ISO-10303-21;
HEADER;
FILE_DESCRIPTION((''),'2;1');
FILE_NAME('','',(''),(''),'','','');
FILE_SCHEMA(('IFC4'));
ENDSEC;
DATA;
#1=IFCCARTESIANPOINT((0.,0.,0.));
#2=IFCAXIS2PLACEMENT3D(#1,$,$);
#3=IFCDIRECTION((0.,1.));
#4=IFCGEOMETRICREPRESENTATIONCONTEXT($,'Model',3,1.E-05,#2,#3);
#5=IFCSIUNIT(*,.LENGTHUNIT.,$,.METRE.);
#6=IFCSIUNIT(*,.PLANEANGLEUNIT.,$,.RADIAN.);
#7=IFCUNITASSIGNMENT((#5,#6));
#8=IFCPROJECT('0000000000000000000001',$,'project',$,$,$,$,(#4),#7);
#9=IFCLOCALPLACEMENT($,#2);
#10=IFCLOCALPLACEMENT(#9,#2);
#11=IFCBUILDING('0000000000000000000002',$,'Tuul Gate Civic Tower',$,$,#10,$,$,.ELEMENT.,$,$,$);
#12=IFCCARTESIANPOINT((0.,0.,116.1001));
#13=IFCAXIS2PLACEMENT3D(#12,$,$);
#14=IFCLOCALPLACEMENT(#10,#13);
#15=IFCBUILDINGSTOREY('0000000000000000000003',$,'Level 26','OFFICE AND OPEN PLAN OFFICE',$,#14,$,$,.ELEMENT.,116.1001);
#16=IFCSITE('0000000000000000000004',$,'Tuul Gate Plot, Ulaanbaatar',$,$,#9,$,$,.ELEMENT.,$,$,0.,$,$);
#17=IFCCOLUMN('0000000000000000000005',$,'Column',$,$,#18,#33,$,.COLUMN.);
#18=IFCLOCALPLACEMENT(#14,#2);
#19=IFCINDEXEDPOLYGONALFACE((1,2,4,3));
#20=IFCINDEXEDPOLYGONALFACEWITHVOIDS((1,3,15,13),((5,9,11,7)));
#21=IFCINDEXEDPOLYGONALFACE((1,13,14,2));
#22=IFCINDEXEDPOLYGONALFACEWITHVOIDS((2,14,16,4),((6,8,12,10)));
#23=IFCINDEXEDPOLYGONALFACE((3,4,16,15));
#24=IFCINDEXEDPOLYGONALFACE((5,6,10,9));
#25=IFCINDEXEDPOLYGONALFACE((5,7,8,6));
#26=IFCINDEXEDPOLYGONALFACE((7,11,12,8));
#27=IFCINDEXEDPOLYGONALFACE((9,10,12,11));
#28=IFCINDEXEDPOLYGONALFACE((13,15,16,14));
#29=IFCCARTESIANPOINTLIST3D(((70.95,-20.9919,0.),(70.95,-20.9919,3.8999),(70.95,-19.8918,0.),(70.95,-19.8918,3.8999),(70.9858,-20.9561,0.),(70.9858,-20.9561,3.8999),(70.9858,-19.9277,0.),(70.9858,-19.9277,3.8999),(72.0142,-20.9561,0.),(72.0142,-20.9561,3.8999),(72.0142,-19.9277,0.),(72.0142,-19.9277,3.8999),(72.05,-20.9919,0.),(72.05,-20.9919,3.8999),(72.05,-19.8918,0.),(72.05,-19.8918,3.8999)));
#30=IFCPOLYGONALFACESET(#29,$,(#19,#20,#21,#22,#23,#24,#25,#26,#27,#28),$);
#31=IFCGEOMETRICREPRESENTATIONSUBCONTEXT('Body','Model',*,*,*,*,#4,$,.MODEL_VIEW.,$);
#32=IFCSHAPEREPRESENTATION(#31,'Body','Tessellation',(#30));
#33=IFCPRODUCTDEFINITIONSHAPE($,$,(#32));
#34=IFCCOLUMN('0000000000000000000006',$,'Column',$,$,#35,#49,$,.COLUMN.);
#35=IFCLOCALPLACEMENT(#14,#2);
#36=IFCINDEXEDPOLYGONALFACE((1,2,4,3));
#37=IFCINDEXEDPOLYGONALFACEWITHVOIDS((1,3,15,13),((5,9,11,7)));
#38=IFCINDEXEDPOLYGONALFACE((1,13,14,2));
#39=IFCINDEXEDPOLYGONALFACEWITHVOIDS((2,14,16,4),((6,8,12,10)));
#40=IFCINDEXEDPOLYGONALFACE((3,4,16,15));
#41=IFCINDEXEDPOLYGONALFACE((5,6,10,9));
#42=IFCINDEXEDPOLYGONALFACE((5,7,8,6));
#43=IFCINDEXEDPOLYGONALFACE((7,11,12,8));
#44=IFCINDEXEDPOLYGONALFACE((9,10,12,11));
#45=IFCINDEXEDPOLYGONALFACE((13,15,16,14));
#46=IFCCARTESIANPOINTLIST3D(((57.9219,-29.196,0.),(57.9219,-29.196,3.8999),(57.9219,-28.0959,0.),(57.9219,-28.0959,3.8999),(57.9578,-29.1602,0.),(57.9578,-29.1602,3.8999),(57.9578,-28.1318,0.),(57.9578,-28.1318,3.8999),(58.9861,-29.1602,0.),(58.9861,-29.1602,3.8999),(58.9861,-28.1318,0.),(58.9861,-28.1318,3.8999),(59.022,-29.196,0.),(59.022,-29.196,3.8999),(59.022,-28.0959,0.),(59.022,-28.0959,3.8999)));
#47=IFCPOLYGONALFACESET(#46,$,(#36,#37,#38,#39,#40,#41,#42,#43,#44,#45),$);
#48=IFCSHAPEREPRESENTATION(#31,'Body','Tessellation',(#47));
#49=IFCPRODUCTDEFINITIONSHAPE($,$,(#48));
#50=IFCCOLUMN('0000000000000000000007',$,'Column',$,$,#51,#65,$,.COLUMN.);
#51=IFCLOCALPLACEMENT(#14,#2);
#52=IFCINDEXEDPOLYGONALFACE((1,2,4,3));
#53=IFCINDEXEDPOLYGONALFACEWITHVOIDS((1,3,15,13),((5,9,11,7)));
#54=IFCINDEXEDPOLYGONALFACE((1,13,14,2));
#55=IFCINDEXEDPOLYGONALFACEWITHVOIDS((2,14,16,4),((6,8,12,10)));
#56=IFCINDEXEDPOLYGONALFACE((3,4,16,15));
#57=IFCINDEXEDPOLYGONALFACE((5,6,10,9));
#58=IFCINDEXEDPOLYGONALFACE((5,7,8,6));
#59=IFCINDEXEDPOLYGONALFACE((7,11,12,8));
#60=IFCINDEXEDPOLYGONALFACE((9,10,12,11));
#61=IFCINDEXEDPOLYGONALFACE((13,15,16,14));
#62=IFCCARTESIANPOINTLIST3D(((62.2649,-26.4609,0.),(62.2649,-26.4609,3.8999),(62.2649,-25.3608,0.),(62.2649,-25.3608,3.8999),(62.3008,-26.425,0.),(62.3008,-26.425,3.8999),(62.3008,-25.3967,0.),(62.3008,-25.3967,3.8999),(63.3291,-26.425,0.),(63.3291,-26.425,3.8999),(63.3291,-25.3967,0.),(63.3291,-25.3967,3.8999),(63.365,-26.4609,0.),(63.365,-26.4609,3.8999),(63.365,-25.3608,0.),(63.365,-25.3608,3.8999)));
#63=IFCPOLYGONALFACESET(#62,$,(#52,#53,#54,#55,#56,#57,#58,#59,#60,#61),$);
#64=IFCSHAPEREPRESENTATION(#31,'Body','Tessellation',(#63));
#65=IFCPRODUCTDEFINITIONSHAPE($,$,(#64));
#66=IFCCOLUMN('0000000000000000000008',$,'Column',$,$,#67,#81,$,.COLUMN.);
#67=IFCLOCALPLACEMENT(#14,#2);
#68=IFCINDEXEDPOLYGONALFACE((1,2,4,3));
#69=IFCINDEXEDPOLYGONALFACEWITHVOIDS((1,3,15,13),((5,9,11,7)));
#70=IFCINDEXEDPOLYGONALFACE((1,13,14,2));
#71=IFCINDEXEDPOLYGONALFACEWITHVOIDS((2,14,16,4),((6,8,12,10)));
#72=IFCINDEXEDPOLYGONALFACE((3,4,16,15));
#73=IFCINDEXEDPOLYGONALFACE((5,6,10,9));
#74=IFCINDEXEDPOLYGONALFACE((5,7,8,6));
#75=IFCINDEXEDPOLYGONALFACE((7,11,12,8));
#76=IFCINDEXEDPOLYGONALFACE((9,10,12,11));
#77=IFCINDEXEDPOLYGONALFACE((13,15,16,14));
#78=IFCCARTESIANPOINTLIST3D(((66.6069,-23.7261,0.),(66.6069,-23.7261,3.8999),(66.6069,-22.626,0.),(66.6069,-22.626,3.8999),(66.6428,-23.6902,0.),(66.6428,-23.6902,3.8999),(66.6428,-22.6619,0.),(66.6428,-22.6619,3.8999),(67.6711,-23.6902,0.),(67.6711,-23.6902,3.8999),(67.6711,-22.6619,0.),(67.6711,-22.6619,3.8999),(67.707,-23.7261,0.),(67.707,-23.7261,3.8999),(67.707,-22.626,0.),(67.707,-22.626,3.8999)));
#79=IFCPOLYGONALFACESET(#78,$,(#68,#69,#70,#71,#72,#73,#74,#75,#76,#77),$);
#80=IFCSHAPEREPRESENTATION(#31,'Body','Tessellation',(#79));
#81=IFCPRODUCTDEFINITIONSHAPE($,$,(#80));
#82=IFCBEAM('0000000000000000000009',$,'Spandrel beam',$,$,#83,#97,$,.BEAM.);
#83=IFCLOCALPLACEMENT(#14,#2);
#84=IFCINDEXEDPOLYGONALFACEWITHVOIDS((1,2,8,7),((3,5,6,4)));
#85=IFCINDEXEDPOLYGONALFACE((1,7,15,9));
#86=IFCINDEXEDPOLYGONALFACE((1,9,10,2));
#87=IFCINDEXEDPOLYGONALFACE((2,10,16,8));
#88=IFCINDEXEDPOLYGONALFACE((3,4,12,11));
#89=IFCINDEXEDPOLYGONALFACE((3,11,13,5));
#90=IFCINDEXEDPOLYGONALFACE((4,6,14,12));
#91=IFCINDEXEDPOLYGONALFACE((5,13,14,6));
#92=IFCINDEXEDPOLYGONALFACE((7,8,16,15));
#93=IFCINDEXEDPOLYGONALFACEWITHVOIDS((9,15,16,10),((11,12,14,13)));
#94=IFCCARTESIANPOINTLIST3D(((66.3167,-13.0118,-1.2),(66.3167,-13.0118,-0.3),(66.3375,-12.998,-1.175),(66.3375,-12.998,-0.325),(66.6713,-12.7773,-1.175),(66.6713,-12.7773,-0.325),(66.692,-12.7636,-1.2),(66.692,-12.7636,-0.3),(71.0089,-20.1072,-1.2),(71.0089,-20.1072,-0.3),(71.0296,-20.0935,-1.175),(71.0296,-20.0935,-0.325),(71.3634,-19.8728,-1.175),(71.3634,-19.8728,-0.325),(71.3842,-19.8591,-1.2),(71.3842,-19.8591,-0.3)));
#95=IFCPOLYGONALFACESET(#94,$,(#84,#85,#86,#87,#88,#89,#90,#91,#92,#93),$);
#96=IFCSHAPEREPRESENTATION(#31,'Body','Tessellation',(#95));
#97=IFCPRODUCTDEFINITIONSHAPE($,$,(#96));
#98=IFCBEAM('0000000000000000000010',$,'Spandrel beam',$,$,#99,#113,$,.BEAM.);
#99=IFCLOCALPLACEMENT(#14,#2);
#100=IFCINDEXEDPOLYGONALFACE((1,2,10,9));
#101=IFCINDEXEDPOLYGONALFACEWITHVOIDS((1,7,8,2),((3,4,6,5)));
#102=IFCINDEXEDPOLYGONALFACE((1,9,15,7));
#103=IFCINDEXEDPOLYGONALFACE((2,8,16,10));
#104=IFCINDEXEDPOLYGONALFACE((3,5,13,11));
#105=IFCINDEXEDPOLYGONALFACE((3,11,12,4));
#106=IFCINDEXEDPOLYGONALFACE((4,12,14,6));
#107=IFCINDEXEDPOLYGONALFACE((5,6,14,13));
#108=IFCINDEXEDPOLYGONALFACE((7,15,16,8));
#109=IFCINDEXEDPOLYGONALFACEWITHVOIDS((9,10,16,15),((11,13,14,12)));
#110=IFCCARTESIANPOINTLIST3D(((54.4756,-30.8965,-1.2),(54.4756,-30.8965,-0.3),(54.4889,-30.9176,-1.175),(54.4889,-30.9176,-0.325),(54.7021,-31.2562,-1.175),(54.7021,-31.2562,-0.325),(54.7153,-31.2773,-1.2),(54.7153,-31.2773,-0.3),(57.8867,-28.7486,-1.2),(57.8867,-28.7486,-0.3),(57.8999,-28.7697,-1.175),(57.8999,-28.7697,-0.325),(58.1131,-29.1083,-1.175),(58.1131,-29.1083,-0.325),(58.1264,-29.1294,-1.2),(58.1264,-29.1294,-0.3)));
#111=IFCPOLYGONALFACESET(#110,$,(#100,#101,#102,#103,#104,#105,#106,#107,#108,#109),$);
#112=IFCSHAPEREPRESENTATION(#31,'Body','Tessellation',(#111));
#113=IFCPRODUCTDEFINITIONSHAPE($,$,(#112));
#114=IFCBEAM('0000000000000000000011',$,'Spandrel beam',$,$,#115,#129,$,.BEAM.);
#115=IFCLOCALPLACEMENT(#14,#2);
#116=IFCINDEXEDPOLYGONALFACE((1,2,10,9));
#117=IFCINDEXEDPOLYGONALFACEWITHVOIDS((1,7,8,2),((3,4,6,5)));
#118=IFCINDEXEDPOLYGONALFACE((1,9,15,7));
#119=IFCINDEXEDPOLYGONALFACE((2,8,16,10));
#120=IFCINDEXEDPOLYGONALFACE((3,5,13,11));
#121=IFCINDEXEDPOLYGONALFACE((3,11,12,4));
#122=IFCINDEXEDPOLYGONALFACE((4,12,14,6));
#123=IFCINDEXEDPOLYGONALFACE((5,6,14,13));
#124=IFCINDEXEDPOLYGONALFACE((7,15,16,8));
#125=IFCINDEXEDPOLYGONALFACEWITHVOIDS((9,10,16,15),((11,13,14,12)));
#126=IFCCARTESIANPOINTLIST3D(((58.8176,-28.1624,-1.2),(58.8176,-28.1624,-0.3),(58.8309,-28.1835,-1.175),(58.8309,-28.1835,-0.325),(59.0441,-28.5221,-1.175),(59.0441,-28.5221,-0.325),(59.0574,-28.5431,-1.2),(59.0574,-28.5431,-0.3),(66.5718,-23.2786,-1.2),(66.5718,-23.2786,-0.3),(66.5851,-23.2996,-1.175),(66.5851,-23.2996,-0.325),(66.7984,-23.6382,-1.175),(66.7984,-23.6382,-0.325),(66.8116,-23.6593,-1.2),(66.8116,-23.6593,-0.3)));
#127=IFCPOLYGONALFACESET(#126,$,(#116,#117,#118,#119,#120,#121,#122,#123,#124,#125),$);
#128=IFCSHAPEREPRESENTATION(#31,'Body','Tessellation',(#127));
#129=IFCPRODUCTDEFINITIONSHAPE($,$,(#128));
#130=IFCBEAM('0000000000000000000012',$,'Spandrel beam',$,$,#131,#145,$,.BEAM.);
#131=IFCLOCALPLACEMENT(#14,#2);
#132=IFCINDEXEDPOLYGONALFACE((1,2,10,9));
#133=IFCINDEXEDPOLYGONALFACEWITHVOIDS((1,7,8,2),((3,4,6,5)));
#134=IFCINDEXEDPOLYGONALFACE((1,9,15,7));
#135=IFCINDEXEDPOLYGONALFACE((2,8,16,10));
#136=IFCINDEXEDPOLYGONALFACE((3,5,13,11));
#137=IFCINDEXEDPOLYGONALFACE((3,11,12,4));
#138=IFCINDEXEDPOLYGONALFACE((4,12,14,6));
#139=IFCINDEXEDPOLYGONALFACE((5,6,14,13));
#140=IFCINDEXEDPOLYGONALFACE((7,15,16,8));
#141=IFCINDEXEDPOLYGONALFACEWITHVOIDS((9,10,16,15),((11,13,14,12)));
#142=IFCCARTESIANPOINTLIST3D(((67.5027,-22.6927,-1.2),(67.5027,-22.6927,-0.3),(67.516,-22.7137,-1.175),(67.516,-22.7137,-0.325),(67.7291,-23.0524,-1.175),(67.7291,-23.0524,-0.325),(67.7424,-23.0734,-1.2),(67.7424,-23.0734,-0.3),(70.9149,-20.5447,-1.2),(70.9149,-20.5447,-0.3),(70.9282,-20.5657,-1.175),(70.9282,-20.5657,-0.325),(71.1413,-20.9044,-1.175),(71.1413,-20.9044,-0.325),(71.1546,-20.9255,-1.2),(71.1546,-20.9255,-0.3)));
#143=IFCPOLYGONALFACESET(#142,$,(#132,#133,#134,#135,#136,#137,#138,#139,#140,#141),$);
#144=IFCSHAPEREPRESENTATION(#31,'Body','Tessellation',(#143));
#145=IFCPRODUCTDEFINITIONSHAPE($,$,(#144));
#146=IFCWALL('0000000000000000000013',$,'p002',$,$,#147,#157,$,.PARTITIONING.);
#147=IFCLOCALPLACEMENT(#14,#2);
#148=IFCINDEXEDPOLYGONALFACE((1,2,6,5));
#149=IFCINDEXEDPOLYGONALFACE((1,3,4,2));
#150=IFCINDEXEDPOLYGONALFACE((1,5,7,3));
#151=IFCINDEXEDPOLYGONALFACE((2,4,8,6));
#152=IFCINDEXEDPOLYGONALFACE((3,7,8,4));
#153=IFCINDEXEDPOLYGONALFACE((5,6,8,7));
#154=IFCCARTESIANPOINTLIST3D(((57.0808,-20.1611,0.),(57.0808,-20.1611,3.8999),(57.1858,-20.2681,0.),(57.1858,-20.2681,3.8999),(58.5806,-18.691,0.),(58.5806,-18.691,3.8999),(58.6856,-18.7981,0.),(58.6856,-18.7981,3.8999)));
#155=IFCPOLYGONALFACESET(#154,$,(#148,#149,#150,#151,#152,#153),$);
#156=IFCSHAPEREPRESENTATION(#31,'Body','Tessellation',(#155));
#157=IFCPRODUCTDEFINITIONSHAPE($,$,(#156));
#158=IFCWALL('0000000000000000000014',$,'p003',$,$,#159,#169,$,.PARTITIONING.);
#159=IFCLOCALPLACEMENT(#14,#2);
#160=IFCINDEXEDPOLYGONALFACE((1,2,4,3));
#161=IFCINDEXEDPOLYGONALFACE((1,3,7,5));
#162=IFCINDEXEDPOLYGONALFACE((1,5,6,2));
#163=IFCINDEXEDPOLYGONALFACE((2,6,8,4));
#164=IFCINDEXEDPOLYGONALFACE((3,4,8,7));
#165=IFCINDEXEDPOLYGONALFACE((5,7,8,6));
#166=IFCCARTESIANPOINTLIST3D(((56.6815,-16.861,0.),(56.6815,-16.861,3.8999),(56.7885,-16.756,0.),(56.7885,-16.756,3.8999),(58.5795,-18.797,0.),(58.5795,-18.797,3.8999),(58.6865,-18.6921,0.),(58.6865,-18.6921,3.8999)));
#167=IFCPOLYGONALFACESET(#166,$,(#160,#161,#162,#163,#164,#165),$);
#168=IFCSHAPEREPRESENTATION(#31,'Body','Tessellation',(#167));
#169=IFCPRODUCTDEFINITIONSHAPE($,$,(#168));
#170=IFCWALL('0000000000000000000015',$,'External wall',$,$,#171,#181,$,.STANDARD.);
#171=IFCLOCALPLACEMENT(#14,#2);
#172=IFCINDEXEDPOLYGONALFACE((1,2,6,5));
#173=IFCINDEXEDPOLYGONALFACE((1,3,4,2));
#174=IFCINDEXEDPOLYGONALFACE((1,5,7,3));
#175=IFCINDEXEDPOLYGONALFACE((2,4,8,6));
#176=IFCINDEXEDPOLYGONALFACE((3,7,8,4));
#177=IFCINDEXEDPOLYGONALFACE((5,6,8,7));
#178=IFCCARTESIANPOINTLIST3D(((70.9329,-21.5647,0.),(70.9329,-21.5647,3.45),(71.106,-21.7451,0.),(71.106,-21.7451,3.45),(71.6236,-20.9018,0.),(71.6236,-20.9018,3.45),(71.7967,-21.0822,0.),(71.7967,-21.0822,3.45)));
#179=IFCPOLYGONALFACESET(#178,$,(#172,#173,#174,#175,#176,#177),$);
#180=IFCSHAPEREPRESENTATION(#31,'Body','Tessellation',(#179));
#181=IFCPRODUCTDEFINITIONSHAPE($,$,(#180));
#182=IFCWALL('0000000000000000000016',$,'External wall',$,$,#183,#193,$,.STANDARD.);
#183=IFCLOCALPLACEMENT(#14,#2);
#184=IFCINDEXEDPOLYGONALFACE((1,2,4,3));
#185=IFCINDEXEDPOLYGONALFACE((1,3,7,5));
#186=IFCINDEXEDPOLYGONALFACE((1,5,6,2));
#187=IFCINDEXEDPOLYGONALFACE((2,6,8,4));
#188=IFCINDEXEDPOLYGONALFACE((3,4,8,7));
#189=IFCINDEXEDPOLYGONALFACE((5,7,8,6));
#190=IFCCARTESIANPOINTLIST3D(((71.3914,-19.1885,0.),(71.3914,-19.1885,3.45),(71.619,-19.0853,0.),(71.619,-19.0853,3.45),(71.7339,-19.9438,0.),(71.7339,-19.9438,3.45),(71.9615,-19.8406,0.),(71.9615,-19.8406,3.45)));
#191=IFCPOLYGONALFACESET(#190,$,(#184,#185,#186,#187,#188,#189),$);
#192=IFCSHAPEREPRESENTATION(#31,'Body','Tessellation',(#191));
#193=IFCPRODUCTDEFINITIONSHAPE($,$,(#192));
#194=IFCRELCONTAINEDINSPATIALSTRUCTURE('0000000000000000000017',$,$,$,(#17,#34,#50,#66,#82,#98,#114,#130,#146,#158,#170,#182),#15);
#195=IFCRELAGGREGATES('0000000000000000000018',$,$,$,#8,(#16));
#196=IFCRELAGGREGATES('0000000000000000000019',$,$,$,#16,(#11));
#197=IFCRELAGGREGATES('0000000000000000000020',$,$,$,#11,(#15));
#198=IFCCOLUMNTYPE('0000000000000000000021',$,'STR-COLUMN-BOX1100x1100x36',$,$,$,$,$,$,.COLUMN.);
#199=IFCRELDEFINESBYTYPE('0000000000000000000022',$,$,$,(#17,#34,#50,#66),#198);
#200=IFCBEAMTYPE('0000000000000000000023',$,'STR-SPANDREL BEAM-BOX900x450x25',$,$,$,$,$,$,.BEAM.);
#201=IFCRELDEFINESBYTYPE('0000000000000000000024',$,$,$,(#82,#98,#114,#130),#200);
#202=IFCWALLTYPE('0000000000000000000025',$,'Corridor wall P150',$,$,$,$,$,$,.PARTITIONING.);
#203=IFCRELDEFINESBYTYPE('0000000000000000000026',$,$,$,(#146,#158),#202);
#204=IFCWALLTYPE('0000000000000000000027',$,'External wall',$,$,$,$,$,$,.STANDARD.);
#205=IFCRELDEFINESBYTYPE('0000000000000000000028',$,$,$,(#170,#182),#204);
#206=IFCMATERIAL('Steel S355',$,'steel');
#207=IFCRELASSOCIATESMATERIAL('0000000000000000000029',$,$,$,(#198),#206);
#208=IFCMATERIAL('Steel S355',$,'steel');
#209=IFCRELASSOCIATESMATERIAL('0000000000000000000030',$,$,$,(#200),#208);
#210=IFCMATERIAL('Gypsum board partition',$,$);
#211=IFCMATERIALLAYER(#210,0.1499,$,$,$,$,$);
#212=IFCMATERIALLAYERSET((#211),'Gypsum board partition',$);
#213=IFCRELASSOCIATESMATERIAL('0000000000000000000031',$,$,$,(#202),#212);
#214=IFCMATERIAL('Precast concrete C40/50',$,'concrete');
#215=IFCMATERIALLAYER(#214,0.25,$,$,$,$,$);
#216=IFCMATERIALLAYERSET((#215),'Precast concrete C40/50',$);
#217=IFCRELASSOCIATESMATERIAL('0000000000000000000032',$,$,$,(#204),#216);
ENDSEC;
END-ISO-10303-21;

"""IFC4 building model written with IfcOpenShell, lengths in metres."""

from ifc_helpers import new_model, si_unit, direction, frame, frame_2d, origin, origin_2d, place, context, subcontext, project, spatial, rectangle, hollow_rectangle, extrude, material, layer, layer_set, material_profile, profile_set, type_object, element, save


model = new_model("IFC4")

# Units and contexts
model_context = context("Model", 3, precision=1e-05, world=origin(), true_north=direction((0.0, 1.0)))
body_context = subcontext(model_context, "Body", "Model", "MODEL_VIEW")
ifc_project = project(units=[si_unit("LENGTHUNIT", "METRE"), si_unit("PLANEANGLEUNIT", "RADIAN")], contexts=[model_context])

# Site, building, storey
site_placement = place(None, origin())
site = spatial("IfcSite", under=ifc_project, at=site_placement, Name="Tuul Gate Plot, Ulaanbaatar", CompositionType="ELEMENT", RefElevation=0.0)
building_placement = place(site_placement, origin())
building = spatial("IfcBuilding", under=site, at=building_placement, Name="Tuul Gate Civic Tower", CompositionType="ELEMENT")
storey_placement = place(building_placement, frame((0.0, 0.0, 116.1001)))
storey = spatial("IfcBuildingStorey", under=building, at=storey_placement, Name="Level 26", Description="OFFICE AND OPEN PLAN OFFICE", CompositionType="ELEMENT", Elevation=116.1001)

# Columns
ifc_material_1 = material(Name="Steel S355", Category="steel")
ifc_material_profile_1 = material_profile(ifc_material_1, hollow_rectangle(XDim=1.1001, YDim=1.1001, WallThickness=0.0359, at=origin_2d()), Name="BOX1100x1100x36")
ifc_profile_set_1 = profile_set([ifc_material_profile_1], Name="Steel S355")
column_type = type_object("IfcColumnType", Name="STR-COLUMN-BOX1100x1100x36", PredefinedType="COLUMN", material=ifc_profile_set_1)
for number, where, z_axis, x_axis, name in (
    (1, (71.5, -20.4419, 0.0), (0.0, 0.0, 1.0), (1.0, 0.0, 0.0), "Column"),
    (2, (58.4719, -28.646, 0.0), (0.0, 0.0, 1.0), (1.0, 0.0, 0.0), "Column"),
    (3, (62.8149, -25.9109, 0.0), (0.0, 0.0, 1.0), (1.0, 0.0, 0.0), "Column"),
    (4, (67.157, -23.176, 0.0), (0.0, 0.0, 1.0), (1.0, 0.0, 0.0), "Column"),
):
    element("IfcColumn", number, at=place(storey_placement, frame(where, z_axis=z_axis, x_axis=x_axis)), inside=storey, type_object=column_type, Name=name, PredefinedType="COLUMN", context=body_context, shape_type="SweptSolid", body=[
        extrude(hollow_rectangle(XDim=1.1001, YDim=1.1001, WallThickness=0.0359, at=origin_2d()), origin(), (0.0, 0.0, 1.0), 3.8999),
    ])

# Beams
ifc_material_2 = material(Name="Steel S355", Category="steel")
ifc_material_profile_2 = material_profile(ifc_material_2, hollow_rectangle(XDim=0.45, YDim=0.8999, WallThickness=0.0249, at=origin_2d()), Name="BOX900x450x25")
ifc_profile_set_2 = profile_set([ifc_material_profile_2], Name="Steel S355")
beam_type = type_object("IfcBeamType", Name="STR-SPANDREL BEAM-BOX900x450x25", PredefinedType="BEAM", material=ifc_profile_set_2)
beam_1_placement = place(storey_placement, frame((71.1965, -19.9832, -0.75), z_axis=(-0.55159, 0.834115, 0.0), x_axis=(-0.834115, -0.55159, 0.0)))
element("IfcBeam", 5, at=beam_1_placement, inside=storey, type_object=beam_type, Name="Spandrel beam", PredefinedType="BEAM", context=body_context, shape_type="SweptSolid", body=[
    extrude(hollow_rectangle(XDim=0.45, YDim=0.8999, WallThickness=0.0249, at=origin_2d()), origin(), (0.0, 0.0, 1.0), 8.5066),
])
beam_2_placement = place(storey_placement, frame((54.5955, -31.0869, -0.75), z_axis=(0.846211, 0.532849, 0.0), x_axis=(-0.532849, 0.846211, 0.0)))
element("IfcBeam", 6, at=beam_2_placement, inside=storey, type_object=beam_type, Name="Spandrel beam", PredefinedType="BEAM", context=body_context, shape_type="SweptSolid", body=[
    extrude(hollow_rectangle(XDim=0.45, YDim=0.8999, WallThickness=0.0249, at=origin_2d()), origin(), (0.0, 0.0, 1.0), 4.031),
])
beam_3_placement = place(storey_placement, frame((58.9375, -28.3528, -0.75), z_axis=(0.846157, 0.532934, 0.0), x_axis=(-0.532934, 0.846157, 0.0)))
element("IfcBeam", 7, at=beam_3_placement, inside=storey, type_object=beam_type, Name="Spandrel beam", PredefinedType="BEAM", context=body_context, shape_type="SweptSolid", body=[
    extrude(hollow_rectangle(XDim=0.45, YDim=0.8999, WallThickness=0.0249, at=origin_2d()), origin(), (0.0, 0.0, 1.0), 9.1641),
])
beam_4_placement = place(storey_placement, frame((67.6226, -22.8831, -0.75), z_axis=(0.846279, 0.532739, 0.0), x_axis=(-0.532739, 0.846279, 0.0)))
element("IfcBeam", 8, at=beam_4_placement, inside=storey, type_object=beam_type, Name="Spandrel beam", PredefinedType="BEAM", context=body_context, shape_type="SweptSolid", body=[
    extrude(hollow_rectangle(XDim=0.45, YDim=0.8999, WallThickness=0.0249, at=origin_2d()), origin(), (0.0, 0.0, 1.0), 4.032),
])

# Walls
ifc_material_3 = material(Name="Gypsum board partition")
ifc_layer_1 = layer(ifc_material_3, 0.1499)
ifc_layer_set_1 = layer_set([ifc_layer_1], Name="Gypsum board partition")
wall_type_1 = type_object("IfcWallType", Name="Corridor wall P150", PredefinedType="PARTITIONING", material=ifc_layer_set_1)
wall_1_placement = place(storey_placement, frame((57.1333, -20.2146, 0.0), z_axis=(0.0, 0.0, 1.0), x_axis=(0.714163, 0.69998, 0.0)))
element("IfcWall", 9, at=wall_1_placement, inside=storey, type_object=wall_type_1, Name="p002", PredefinedType="PARTITIONING", context=body_context, shape_type="SweptSolid", body=[
    extrude(rectangle(XDim=2.1001, YDim=0.1499, at=frame_2d((1.05, 0.0))), origin(), (0.0, 0.0, 1.0), 3.8999),
])
wall_2_placement = place(storey_placement, frame((56.7351, -16.8086, 0.0), z_axis=(0.0, 0.0, 1.0), x_axis=(0.700048, -0.714096, 0.0)))
element("IfcWall", 10, at=wall_2_placement, inside=storey, type_object=wall_type_1, Name="p003", PredefinedType="PARTITIONING", context=body_context, shape_type="SweptSolid", body=[
    extrude(rectangle(XDim=2.7112, YDim=0.1499, at=frame_2d((1.3555, 0.0))), origin(), (0.0, 0.0, 1.0), 3.8999),
])
ifc_material_4 = material(Name="Precast concrete C40/50", Category="concrete")
ifc_layer_2 = layer(ifc_material_4, 0.25)
ifc_layer_set_2 = layer_set([ifc_layer_2], Name="Precast concrete C40/50")
wall_type_2 = type_object("IfcWallType", Name="External wall", PredefinedType="STANDARD", material=ifc_layer_set_2)
wall_3_placement = place(storey_placement, frame((71.0195, -21.6548, 0.0), z_axis=(0.0, 0.0, 1.0), x_axis=(0.721494, 0.69242, 0.0)))
element("IfcWall", 11, at=wall_3_placement, inside=storey, type_object=wall_type_2, Name="External wall", PredefinedType="STANDARD", context=body_context, shape_type="SweptSolid", body=[
    extrude(rectangle(XDim=0.9573, YDim=0.25, at=frame_2d((0.4785, 0.0))), origin(), (0.0, 0.0, 1.0), 3.45),
])
wall_4_placement = place(storey_placement, frame((71.8477, -19.8921, 0.0), z_axis=(0.0, 0.0, 1.0), x_axis=(-0.412982, 0.910739, 0.0)))
element("IfcWall", 12, at=wall_4_placement, inside=storey, type_object=wall_type_2, Name="External wall", PredefinedType="STANDARD", context=body_context, shape_type="SweptSolid", body=[
    extrude(rectangle(XDim=0.8293, YDim=0.25, at=frame_2d((0.4146, 0.0))), origin(), (0.0, 0.0, 1.0), 3.45),
])

save(model, "model.ifc")
